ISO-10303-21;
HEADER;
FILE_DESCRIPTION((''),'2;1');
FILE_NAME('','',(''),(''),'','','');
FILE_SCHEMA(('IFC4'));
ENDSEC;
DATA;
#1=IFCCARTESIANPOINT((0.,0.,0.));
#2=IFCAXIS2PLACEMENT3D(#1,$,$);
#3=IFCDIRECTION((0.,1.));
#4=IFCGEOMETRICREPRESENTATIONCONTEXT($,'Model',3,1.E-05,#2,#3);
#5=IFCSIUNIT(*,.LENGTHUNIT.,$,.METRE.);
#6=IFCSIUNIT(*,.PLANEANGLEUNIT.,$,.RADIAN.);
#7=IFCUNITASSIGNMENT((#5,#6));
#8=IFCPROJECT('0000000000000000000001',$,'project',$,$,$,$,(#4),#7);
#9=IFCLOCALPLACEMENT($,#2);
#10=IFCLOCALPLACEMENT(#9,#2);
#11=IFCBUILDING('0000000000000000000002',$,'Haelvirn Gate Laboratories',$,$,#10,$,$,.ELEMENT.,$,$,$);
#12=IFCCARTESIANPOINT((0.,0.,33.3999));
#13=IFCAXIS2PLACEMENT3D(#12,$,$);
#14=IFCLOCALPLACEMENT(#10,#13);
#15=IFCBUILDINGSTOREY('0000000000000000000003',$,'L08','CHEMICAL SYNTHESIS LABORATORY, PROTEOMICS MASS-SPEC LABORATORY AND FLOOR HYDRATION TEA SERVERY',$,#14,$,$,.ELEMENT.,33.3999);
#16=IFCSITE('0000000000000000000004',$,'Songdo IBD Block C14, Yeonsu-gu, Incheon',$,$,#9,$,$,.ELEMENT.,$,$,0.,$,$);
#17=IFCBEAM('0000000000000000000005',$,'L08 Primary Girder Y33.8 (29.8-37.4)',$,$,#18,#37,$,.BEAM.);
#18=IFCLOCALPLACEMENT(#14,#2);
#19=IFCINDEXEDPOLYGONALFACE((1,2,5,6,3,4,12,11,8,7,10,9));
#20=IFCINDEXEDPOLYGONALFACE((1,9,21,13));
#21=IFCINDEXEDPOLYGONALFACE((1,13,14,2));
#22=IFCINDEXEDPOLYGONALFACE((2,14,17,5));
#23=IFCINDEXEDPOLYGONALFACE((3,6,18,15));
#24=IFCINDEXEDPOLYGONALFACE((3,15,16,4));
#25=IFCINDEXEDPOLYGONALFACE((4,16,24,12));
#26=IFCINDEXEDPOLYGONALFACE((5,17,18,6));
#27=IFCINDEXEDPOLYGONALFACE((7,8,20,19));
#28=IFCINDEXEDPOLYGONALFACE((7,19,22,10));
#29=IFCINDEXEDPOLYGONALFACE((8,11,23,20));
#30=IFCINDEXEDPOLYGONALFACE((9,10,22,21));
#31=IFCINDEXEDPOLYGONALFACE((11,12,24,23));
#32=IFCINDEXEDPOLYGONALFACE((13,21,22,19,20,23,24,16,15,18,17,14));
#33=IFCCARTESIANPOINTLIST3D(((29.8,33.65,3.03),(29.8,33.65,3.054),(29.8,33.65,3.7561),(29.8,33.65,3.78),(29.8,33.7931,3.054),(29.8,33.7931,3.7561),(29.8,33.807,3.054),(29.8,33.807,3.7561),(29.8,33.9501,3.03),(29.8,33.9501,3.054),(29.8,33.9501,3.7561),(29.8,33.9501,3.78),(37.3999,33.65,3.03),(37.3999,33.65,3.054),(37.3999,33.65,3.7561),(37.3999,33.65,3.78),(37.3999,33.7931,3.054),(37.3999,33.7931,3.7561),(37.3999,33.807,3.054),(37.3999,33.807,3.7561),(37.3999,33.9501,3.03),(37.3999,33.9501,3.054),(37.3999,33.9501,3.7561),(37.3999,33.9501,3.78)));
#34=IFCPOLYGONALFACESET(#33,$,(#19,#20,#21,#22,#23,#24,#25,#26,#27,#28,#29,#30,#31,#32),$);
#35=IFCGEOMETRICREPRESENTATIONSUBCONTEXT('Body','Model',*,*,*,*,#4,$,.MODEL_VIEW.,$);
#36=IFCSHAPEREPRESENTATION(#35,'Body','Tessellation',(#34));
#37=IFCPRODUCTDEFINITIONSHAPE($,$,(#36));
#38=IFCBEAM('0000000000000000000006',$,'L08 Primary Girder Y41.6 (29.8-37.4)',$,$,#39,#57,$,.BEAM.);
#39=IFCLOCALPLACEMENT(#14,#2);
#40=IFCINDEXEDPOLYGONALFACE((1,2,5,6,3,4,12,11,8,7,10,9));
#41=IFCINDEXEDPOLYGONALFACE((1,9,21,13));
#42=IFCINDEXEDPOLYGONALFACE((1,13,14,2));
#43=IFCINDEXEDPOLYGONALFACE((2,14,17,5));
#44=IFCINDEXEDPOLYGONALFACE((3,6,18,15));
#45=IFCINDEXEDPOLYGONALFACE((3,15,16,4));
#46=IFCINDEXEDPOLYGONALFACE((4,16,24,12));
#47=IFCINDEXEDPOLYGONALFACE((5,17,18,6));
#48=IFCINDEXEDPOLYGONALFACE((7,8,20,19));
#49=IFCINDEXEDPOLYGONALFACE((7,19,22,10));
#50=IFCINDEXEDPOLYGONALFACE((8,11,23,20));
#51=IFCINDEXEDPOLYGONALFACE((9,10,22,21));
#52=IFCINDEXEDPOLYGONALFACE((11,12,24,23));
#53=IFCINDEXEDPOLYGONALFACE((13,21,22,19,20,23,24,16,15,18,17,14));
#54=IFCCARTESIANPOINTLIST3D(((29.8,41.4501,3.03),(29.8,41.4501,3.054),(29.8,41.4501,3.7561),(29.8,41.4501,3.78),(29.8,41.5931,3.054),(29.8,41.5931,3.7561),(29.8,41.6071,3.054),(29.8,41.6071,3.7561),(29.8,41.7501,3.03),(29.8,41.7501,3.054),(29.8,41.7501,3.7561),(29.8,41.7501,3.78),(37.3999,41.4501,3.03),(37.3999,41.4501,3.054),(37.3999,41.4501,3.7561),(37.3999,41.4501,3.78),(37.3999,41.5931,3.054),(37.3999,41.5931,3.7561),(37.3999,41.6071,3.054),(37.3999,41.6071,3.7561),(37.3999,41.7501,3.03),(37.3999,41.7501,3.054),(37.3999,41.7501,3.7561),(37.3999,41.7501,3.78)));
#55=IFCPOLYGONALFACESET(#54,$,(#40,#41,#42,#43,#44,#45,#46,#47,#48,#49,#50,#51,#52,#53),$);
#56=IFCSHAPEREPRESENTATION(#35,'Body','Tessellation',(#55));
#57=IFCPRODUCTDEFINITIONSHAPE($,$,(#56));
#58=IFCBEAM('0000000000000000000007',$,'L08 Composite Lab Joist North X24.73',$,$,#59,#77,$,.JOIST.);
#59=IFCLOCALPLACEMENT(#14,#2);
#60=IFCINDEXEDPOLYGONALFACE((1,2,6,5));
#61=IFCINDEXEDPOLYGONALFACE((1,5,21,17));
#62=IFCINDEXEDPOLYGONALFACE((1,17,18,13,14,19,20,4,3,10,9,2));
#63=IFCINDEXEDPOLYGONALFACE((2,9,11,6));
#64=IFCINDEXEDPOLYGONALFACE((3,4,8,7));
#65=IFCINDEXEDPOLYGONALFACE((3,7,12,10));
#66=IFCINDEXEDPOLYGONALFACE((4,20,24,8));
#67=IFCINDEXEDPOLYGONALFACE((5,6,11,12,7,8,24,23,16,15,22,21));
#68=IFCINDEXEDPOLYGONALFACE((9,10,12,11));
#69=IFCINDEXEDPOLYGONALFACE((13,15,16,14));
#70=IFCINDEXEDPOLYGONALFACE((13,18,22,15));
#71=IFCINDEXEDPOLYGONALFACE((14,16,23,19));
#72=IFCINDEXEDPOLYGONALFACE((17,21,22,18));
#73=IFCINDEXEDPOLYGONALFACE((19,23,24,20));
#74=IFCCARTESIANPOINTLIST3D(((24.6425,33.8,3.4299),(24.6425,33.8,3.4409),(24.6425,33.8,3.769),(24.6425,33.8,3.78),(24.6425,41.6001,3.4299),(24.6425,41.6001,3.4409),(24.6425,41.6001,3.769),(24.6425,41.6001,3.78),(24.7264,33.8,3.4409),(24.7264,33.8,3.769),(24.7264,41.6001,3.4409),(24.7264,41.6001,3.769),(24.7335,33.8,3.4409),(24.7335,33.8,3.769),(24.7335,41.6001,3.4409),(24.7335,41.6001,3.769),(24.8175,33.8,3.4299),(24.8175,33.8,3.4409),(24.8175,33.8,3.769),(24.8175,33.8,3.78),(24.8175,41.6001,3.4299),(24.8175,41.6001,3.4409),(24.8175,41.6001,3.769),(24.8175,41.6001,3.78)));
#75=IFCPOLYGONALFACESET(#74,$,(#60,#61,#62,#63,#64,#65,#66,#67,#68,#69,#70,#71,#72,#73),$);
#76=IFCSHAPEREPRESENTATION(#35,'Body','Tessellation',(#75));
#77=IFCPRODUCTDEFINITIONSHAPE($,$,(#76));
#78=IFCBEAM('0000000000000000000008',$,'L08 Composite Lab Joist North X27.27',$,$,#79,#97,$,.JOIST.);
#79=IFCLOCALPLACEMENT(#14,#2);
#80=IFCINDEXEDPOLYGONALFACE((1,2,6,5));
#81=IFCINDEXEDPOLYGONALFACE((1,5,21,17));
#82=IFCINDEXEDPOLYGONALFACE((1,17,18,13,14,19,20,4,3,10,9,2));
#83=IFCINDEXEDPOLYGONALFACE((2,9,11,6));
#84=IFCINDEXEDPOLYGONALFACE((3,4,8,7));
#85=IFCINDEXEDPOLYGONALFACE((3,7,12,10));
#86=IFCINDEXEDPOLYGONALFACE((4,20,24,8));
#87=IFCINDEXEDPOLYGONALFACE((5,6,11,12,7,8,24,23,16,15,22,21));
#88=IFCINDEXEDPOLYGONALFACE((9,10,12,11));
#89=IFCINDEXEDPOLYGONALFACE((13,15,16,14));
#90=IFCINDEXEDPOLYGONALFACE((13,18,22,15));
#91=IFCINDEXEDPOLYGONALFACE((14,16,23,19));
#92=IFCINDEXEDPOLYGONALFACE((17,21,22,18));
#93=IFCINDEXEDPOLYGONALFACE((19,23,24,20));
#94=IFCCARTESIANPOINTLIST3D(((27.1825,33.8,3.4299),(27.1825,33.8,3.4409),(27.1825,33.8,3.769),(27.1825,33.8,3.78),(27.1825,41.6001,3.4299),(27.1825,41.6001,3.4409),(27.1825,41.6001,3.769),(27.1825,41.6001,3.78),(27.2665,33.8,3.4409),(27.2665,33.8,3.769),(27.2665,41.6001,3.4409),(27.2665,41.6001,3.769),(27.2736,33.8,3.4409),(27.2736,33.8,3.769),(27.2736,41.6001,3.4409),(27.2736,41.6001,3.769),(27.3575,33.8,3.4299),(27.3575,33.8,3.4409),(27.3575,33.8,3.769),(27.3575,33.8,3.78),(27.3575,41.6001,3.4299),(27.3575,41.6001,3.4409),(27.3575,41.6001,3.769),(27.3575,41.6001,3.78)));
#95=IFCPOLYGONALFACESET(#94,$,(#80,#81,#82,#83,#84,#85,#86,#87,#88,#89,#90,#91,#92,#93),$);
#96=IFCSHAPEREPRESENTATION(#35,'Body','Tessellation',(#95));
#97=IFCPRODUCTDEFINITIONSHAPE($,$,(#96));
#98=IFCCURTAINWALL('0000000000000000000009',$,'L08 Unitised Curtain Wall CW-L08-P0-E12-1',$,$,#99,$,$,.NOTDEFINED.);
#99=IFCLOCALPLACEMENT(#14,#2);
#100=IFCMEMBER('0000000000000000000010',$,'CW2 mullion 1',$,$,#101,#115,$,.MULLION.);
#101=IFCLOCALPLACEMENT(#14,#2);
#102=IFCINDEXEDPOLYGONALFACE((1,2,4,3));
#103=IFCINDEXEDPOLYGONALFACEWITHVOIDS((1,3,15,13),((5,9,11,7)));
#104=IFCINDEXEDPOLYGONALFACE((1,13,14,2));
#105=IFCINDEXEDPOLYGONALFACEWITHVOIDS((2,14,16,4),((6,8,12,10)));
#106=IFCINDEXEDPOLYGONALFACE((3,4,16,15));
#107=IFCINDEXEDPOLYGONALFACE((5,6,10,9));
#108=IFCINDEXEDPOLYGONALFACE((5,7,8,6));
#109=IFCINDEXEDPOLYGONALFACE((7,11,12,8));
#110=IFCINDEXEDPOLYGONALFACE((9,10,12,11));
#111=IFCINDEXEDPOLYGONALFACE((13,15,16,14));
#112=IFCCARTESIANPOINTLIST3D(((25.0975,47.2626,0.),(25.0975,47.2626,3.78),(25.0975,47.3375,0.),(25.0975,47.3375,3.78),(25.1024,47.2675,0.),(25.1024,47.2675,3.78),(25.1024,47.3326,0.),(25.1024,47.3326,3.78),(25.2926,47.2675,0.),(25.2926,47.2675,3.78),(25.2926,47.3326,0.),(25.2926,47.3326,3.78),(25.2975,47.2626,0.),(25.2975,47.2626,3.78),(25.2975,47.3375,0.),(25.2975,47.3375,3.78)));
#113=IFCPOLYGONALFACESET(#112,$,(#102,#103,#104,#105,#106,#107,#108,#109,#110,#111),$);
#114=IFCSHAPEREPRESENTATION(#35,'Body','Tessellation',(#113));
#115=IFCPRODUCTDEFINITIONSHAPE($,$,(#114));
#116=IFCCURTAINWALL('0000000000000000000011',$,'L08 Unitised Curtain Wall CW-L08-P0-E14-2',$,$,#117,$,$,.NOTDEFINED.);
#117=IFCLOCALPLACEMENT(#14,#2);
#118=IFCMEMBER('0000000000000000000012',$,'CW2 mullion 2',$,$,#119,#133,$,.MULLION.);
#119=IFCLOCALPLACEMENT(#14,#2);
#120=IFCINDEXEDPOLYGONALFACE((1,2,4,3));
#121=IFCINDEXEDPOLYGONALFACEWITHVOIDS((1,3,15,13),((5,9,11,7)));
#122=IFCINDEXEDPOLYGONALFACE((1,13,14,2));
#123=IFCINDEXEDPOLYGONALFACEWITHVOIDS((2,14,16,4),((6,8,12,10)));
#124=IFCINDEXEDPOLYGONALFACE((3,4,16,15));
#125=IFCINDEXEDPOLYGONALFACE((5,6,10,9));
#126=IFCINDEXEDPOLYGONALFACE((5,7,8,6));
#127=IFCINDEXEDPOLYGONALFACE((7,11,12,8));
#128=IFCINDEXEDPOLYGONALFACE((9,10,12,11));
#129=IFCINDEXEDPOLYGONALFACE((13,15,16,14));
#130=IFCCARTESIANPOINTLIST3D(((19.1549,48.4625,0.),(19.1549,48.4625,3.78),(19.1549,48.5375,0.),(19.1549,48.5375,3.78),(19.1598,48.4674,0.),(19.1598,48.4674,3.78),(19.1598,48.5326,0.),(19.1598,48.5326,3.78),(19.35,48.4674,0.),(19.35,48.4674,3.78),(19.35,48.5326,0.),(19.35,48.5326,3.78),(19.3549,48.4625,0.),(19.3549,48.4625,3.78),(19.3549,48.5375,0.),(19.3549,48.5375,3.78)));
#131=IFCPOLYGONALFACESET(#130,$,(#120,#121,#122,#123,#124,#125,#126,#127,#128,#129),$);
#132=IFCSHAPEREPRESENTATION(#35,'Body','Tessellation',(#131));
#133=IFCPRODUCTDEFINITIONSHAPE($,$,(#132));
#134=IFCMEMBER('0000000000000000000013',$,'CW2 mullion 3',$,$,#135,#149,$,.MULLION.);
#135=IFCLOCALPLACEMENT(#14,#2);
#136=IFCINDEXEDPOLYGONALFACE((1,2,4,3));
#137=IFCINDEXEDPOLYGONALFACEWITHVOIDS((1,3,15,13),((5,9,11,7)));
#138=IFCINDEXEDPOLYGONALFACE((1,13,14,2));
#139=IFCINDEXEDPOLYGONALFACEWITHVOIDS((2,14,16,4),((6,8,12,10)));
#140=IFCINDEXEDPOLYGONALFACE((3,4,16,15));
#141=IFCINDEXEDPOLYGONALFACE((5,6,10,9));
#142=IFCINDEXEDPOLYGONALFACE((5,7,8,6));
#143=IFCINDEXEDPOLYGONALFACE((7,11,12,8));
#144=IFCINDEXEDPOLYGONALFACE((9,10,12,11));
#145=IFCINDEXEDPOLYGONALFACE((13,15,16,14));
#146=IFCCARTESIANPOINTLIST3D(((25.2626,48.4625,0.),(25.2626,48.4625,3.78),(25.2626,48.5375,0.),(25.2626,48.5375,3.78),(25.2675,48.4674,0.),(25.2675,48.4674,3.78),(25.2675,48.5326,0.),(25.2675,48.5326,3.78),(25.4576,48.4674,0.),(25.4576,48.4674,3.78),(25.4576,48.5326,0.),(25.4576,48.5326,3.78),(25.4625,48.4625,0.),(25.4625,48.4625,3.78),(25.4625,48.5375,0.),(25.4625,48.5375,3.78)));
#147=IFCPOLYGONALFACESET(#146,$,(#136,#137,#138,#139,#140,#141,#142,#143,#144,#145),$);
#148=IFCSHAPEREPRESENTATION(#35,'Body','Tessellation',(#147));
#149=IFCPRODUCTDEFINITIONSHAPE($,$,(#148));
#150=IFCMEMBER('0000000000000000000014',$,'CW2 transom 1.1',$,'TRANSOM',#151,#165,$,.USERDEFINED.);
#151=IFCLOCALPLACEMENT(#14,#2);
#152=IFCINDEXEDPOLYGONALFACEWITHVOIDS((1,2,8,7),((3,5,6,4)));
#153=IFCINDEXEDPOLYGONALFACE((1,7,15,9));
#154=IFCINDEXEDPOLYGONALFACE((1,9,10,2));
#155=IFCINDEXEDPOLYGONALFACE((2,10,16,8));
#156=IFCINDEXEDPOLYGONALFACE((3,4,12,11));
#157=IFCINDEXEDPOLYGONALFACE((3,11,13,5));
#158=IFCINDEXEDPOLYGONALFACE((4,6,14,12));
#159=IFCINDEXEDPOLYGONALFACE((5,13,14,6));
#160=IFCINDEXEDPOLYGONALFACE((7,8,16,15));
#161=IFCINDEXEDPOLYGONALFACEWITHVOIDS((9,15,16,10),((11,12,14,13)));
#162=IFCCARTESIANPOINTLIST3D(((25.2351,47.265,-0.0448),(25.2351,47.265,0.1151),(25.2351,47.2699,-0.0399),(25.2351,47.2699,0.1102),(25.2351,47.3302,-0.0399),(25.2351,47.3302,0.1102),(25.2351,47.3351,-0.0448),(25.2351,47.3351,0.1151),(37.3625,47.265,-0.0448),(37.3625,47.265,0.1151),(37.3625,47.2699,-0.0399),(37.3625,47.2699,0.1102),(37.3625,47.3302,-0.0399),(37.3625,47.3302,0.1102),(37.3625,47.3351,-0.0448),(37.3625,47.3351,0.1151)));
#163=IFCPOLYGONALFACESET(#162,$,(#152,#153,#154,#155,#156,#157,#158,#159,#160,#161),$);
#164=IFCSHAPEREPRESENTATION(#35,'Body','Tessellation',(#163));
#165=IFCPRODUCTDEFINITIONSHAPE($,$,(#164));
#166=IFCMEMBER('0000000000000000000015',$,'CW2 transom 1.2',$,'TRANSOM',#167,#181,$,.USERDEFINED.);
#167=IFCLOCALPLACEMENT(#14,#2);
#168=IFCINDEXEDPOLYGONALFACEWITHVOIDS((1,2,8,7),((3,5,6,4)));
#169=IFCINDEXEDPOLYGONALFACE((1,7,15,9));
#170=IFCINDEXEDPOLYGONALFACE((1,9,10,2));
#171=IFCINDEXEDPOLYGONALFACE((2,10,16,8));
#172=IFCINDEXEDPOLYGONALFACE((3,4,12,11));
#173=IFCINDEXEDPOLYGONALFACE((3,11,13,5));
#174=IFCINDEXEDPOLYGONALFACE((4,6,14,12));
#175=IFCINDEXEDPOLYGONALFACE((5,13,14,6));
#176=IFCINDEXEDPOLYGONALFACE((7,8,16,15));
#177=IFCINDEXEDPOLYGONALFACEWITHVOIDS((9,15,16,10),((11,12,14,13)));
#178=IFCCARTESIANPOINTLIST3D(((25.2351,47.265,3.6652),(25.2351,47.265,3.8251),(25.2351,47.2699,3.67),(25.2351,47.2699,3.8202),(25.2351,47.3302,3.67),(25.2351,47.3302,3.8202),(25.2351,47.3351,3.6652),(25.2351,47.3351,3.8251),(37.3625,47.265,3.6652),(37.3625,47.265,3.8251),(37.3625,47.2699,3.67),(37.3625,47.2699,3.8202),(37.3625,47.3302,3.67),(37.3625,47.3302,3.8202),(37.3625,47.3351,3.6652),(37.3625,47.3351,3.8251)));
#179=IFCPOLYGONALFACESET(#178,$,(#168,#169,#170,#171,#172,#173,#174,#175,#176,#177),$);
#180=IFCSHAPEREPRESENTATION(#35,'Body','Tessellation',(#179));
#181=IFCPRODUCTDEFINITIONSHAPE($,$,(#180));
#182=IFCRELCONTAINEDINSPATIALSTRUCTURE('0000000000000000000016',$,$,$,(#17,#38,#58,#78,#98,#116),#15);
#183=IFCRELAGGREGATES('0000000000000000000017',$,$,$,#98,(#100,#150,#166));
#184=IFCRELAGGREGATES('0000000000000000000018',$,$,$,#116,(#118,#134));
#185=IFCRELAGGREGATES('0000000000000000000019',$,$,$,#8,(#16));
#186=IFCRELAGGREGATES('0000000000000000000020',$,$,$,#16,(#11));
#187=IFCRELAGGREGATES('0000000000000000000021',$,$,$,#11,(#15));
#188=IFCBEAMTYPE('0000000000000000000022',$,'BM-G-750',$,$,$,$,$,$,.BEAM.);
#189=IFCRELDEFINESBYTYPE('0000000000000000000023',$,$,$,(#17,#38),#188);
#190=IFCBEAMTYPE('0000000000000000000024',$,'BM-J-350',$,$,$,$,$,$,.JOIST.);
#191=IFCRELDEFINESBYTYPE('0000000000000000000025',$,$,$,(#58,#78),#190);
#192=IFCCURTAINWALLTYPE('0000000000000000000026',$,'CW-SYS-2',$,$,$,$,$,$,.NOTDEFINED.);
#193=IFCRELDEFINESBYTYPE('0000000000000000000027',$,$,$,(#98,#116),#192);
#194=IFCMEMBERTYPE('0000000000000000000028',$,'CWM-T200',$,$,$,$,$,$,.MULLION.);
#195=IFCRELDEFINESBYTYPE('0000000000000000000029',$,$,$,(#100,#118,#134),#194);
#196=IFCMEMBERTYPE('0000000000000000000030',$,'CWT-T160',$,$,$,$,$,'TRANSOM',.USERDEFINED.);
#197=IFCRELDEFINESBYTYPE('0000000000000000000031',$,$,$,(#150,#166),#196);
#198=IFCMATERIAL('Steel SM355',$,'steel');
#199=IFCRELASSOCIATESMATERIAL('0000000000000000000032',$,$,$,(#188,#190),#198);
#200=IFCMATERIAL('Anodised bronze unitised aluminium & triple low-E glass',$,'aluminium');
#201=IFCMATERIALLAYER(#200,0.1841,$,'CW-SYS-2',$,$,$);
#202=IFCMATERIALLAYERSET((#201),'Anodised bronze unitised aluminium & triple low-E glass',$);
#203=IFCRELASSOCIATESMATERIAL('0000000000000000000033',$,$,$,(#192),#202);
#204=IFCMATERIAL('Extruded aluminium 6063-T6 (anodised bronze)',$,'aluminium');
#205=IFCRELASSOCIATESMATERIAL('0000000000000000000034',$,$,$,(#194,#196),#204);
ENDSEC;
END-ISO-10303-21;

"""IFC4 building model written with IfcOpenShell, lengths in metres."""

from ifc_helpers import new_model, si_unit, direction, frame, origin, origin_2d, place, context, subcontext, project, spatial, hollow_rectangle, i_section, extrude, source, transform, mapped, material, layer, layer_set, material_profile, profile_set, type_object, type_shapes, element, aggregate, save


model = new_model("IFC4")

# Units and contexts
model_context = context("Model", 3, precision=1e-05, world=origin(), true_north=direction((0.0, 1.0)))
body_context = subcontext(model_context, "Body", "Model", "MODEL_VIEW")
ifc_project = project(units=[si_unit("LENGTHUNIT", "METRE"), si_unit("PLANEANGLEUNIT", "RADIAN")], contexts=[model_context])

# Site, building, storey
site_placement = place(None, origin())
site = spatial("IfcSite", under=ifc_project, at=site_placement, Name="Songdo IBD Block C14, Yeonsu-gu, Incheon", CompositionType="ELEMENT", RefElevation=0.0)
building_placement = place(site_placement, origin())
building = spatial("IfcBuilding", under=site, at=building_placement, Name="Haelvirn Gate Laboratories", CompositionType="ELEMENT")
storey_placement = place(building_placement, frame((0.0, 0.0, 33.3999)))
storey = spatial("IfcBuildingStorey", under=building, at=storey_placement, Name="L08", Description="CHEMICAL SYNTHESIS LABORATORY, PROTEOMICS MASS-SPEC LABORATORY AND FLOOR HYDRATION TEA SERVERY", CompositionType="ELEMENT", Elevation=33.3999)

# Beams
ifc_material_1 = material(Name="Steel SM355", Category="steel")
ifc_material_profile_1 = material_profile(ifc_material_1, i_section(OverallWidth=0.3, OverallDepth=0.75, WebThickness=0.0139, FlangeThickness=0.0239, at=origin_2d()), Name="H-750x300x14x24")
ifc_profile_set_1 = profile_set([ifc_material_profile_1], Name="Steel SM355")
beam_type_1 = type_object("IfcBeamType", Name="BM-G-750", PredefinedType="BEAM", material=ifc_profile_set_1)
shared_shape_1 = source(origin(), body_context, "Body", "SweptSolid", [
    extrude(i_section(OverallWidth=0.3, OverallDepth=0.75, WebThickness=0.0139, FlangeThickness=0.0239, at=origin_2d()), origin(), (0.0, 0.0, 1.0), 7.5999),
])
for number, where, z_axis, x_axis, name in (
    (1, (29.8, 33.8, 3.405), (1.0, 0.0, 0.0), (0.0, 1.0, 0.0), "L08 Primary Girder Y33.8 (29.8-37.4)"),
    (2, (29.8, 41.6001, 3.405), (1.0, 0.0, 0.0), (0.0, 1.0, 0.0), "L08 Primary Girder Y41.6 (29.8-37.4)"),
):
    element("IfcBeam", number, at=place(storey_placement, frame(where, z_axis=z_axis, x_axis=x_axis)), inside=storey, type_object=beam_type_1, Name=name, PredefinedType="BEAM", context=body_context, shape_type="MappedRepresentation", body=[
        mapped(shared_shape_1, transform((0.0, 0.0, 0.0), scale=1.0)),
    ])
ifc_material_profile_2 = material_profile(ifc_material_1, i_section(OverallWidth=0.175, OverallDepth=0.3501, WebThickness=0.0071, FlangeThickness=0.011, at=origin_2d()), Name="H-350x175x7x11")
ifc_profile_set_2 = profile_set([ifc_material_profile_2], Name="Steel SM355")
beam_type_2 = type_object("IfcBeamType", Name="BM-J-350", PredefinedType="JOIST", material=ifc_profile_set_2)
shared_shape_2 = source(origin(), body_context, "Body", "SweptSolid", [
    extrude(i_section(OverallWidth=0.175, OverallDepth=0.3501, WebThickness=0.0071, FlangeThickness=0.011, at=origin_2d()), origin(), (0.0, 0.0, 1.0), 7.8),
])
type_shapes(beam_type_2, [shared_shape_2])
for number, where, z_axis, x_axis, name in (
    (3, (24.73, 33.8, 3.605), (0.0, 1.0, 0.0), (-1.0, 0.0, 0.0), "L08 Composite Lab Joist North X24.73"),
    (4, (27.27, 33.8, 3.605), (0.0, 1.0, 0.0), (-1.0, 0.0, 0.0), "L08 Composite Lab Joist North X27.27"),
):
    element("IfcBeam", number, at=place(storey_placement, frame(where, z_axis=z_axis, x_axis=x_axis)), inside=storey, type_object=beam_type_2, Name=name, PredefinedType="JOIST", context=body_context, shape_type="MappedRepresentation", body=[
        mapped(shared_shape_2, transform((0.0, 0.0, 0.0), scale=1.0)),
    ])

# Curtain wall, member
ifc_material_2 = material(Name="Anodised bronze unitised aluminium & triple low-E glass", Category="aluminium")
ifc_layer_1 = layer(ifc_material_2, 0.1841, Name="CW-SYS-2")
ifc_layer_set_1 = layer_set([ifc_layer_1], Name="Anodised bronze unitised aluminium & triple low-E glass")
curtain_wall_type = type_object("IfcCurtainWallType", Name="CW-SYS-2", PredefinedType="NOTDEFINED", material=ifc_layer_set_1)
curtain_wall_1_placement = place(storey_placement, origin())
curtain_wall_1 = element("IfcCurtainWall", 5, at=curtain_wall_1_placement, inside=storey, type_object=curtain_wall_type, Name="L08 Unitised Curtain Wall CW-L08-P0-E12-1", PredefinedType="NOTDEFINED")
ifc_material_3 = material(Name="Extruded aluminium 6063-T6 (anodised bronze)", Category="aluminium")
ifc_material_profile_3 = material_profile(ifc_material_3, hollow_rectangle(XDim=0.075, YDim=0.2, WallThickness=0.0049, at=origin_2d()), Name="CWM-200x75x5")
ifc_profile_set_3 = profile_set([ifc_material_profile_3], Name="Extruded aluminium 6063-T6 (anodised bronze)")
member_type_1 = type_object("IfcMemberType", Name="CWM-T200", PredefinedType="MULLION", material=ifc_profile_set_3)
shared_shape_3 = source(origin(), body_context, "Body", "SweptSolid", [
    extrude(hollow_rectangle(XDim=0.075, YDim=0.2, WallThickness=0.0049, at=origin_2d()), origin(), (0.0, 0.0, 1.0), 3.78),
])
type_shapes(member_type_1, [shared_shape_3])
member_1_placement = place(storey_placement, frame((25.1975, 47.3, 0.0), z_axis=(0.0, 0.0, 1.0), x_axis=(0.0, 1.0, 0.0)))
member_1 = element("IfcMember", 6, at=member_1_placement, type_object=member_type_1, Name="CW2 mullion 1", PredefinedType="MULLION", context=body_context, shape_type="MappedRepresentation", body=[
    mapped(shared_shape_3, transform((0.0, 0.0, 0.0), scale=1.0)),
])

# Curtain wall, members
curtain_wall_2_placement = place(storey_placement, origin())
curtain_wall_2 = element("IfcCurtainWall", 7, at=curtain_wall_2_placement, inside=storey, type_object=curtain_wall_type, Name="L08 Unitised Curtain Wall CW-L08-P0-E14-2", PredefinedType="NOTDEFINED")
member_2_placement = place(storey_placement, frame((19.2549, 48.5, 0.0), z_axis=(0.0, 0.0, 1.0), x_axis=(0.0, 1.0, 0.0)))
member_2 = element("IfcMember", 8, at=member_2_placement, type_object=member_type_1, Name="CW2 mullion 2", PredefinedType="MULLION", context=body_context, shape_type="MappedRepresentation", body=[
    mapped(shared_shape_3, transform((0.0, 0.0, 0.0), scale=1.0)),
])
member_3_placement = place(storey_placement, frame((25.3625, 48.5, 0.0), z_axis=(0.0, 0.0, 1.0), x_axis=(0.0, 1.0, 0.0)))
member_3 = element("IfcMember", 9, at=member_3_placement, type_object=member_type_1, Name="CW2 mullion 3", PredefinedType="MULLION", context=body_context, shape_type="MappedRepresentation", body=[
    mapped(shared_shape_3, transform((0.0, 0.0, 0.0), scale=1.0)),
])

# Members
ifc_material_profile_4 = material_profile(ifc_material_3, hollow_rectangle(XDim=0.0701, YDim=0.1599, WallThickness=0.0049, at=origin_2d()), Name="CWT-160x70x5")
ifc_profile_set_4 = profile_set([ifc_material_profile_4], Name="Extruded aluminium 6063-T6 (anodised bronze)")
member_type_2 = type_object("IfcMemberType", Name="CWT-T160", ElementType="TRANSOM", PredefinedType="USERDEFINED", material=ifc_profile_set_4)
shared_shape_4 = source(origin(), body_context, "Body", "SweptSolid", [
    extrude(hollow_rectangle(XDim=0.0701, YDim=0.1599, WallThickness=0.0049, at=origin_2d()), origin(), (0.0, 0.0, 1.0), 12.1274),
])
member_4_placement = place(storey_placement, frame((25.2351, 47.3, 0.0352), z_axis=(1.0, 0.0, 0.0), x_axis=(0.0, 1.0, 0.0)))
member_4 = element("IfcMember", 10, at=member_4_placement, type_object=member_type_2, Name="CW2 transom 1.1", ObjectType="TRANSOM", PredefinedType="USERDEFINED", context=body_context, shape_type="MappedRepresentation", body=[
    mapped(shared_shape_4, transform((0.0, 0.0, 0.0), scale=1.0)),
])
member_5_placement = place(storey_placement, frame((25.2351, 47.3, 3.7451), z_axis=(1.0, 0.0, 0.0), x_axis=(0.0, 1.0, 0.0)))
member_5 = element("IfcMember", 11, at=member_5_placement, type_object=member_type_2, Name="CW2 transom 1.2", ObjectType="TRANSOM", PredefinedType="USERDEFINED", context=body_context, shape_type="MappedRepresentation", body=[
    mapped(shared_shape_4, transform((0.0, 0.0, 0.0), scale=1.0)),
])
aggregate(curtain_wall_1, [member_1, member_4, member_5])

aggregate(curtain_wall_2, [member_2, member_3])

save(model, "model.ifc")
